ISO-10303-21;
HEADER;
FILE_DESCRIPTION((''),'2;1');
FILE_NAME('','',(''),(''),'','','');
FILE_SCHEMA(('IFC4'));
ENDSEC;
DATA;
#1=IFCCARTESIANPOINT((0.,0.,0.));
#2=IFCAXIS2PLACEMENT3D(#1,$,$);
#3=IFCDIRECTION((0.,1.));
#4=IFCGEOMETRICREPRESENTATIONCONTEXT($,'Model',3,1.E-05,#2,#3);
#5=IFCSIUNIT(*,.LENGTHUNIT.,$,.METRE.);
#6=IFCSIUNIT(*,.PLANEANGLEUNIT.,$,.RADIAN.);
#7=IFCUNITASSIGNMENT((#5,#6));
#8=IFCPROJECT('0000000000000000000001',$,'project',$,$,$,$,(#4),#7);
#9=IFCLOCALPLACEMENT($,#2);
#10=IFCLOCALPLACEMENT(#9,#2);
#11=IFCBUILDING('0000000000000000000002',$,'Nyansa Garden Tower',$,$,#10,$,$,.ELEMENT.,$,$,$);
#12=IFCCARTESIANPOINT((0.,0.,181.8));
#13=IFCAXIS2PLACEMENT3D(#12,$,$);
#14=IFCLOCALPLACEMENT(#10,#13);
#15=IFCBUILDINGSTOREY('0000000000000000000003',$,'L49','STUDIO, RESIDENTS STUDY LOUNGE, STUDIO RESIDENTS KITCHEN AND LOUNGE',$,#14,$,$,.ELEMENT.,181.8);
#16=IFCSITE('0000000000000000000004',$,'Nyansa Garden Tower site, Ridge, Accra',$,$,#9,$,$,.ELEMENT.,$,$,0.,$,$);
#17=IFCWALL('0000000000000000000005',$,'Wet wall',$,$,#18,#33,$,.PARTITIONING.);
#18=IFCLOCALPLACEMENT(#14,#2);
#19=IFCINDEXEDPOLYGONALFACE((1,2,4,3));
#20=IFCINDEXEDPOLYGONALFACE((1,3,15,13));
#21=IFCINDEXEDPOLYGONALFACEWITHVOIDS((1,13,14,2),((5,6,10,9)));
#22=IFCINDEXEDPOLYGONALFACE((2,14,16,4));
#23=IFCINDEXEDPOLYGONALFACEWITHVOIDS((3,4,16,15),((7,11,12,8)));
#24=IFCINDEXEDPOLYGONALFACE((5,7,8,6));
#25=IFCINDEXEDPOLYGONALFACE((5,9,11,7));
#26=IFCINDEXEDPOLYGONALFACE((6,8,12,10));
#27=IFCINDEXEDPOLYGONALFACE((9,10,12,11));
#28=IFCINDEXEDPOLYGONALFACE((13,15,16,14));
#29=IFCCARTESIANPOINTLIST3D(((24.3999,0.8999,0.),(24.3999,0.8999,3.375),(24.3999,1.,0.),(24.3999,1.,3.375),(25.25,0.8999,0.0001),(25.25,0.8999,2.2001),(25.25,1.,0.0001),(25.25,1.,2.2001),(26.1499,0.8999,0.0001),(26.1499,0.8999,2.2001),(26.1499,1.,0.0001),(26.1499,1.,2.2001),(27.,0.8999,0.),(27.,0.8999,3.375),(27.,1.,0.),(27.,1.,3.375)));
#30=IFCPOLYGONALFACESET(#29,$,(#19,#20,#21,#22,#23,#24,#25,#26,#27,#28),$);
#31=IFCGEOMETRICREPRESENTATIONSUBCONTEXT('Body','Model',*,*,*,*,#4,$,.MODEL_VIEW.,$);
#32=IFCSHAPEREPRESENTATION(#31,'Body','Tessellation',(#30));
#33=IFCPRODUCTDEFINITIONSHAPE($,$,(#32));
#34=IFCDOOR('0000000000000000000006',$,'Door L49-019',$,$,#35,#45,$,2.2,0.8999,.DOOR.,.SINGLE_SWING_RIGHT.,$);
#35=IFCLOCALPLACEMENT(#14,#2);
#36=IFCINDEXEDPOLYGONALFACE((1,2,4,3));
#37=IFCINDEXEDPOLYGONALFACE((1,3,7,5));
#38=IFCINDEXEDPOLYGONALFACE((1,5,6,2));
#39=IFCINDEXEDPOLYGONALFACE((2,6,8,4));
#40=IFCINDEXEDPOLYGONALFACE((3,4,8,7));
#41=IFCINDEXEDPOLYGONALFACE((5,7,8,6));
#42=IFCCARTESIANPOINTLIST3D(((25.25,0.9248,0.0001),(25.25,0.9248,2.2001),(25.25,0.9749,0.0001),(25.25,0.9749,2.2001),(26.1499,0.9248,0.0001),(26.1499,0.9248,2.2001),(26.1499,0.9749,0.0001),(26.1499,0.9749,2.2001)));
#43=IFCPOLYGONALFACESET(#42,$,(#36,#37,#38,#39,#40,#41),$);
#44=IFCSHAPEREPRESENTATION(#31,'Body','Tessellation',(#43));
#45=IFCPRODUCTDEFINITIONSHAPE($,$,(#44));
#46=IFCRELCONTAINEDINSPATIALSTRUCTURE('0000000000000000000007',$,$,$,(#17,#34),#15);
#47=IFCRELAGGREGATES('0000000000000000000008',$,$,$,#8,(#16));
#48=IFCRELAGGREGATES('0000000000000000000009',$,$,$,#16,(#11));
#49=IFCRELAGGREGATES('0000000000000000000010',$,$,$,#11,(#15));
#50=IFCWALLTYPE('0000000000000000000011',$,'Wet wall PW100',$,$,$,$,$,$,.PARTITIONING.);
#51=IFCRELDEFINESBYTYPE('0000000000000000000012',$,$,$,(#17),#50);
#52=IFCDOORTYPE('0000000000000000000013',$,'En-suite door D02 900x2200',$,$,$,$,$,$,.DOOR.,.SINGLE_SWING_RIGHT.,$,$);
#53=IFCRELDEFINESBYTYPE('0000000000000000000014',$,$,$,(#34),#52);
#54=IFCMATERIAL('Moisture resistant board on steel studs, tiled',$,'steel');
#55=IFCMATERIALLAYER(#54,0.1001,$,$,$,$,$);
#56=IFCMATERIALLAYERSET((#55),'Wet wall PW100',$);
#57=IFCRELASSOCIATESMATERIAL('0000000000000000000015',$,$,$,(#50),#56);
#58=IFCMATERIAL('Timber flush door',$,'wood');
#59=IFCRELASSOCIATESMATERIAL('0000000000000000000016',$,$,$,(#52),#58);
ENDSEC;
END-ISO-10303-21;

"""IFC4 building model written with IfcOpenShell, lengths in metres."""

from ifc_helpers import new_model, si_unit, direction, frame, frame_2d, origin, place, context, subcontext, project, spatial, rectangle, extrude, material, layer, layer_set, type_object, element, fill, save


model = new_model("IFC4")

# Units and contexts
model_context = context("Model", 3, precision=1e-05, world=origin(), true_north=direction((0.0, 1.0)))
body_context = subcontext(model_context, "Body", "Model", "MODEL_VIEW")
ifc_project = project(units=[si_unit("LENGTHUNIT", "METRE"), si_unit("PLANEANGLEUNIT", "RADIAN")], contexts=[model_context])

# Site, building, storey
site_placement = place(None, origin())
site = spatial("IfcSite", under=ifc_project, at=site_placement, Name="Nyansa Garden Tower site, Ridge, Accra", CompositionType="ELEMENT", RefElevation=0.0)
building_placement = place(site_placement, origin())
building = spatial("IfcBuilding", under=site, at=building_placement, Name="Nyansa Garden Tower", CompositionType="ELEMENT")
storey_placement = place(building_placement, frame((0.0, 0.0, 181.8)))
storey = spatial("IfcBuildingStorey", under=building, at=storey_placement, Name="L49", Description="STUDIO, RESIDENTS STUDY LOUNGE, STUDIO RESIDENTS KITCHEN AND LOUNGE", CompositionType="ELEMENT", Elevation=181.8)

# Shared definitions
ifc_material_1 = material(Name="Moisture resistant board on steel studs, tiled", Category="steel")
ifc_layer_1 = layer(ifc_material_1, 0.1001)
ifc_layer_set_1 = layer_set([ifc_layer_1], Name="Wet wall PW100")
wall_type_1 = type_object("IfcWallType", Name="Wet wall PW100", PredefinedType="PARTITIONING", material=ifc_layer_set_1)

# Wall, opening, door
wall_1_placement = place(storey_placement, frame((24.3999, 0.95, 0.0), z_axis=(0.0, 0.0, 1.0), x_axis=(1.0, 0.0, 0.0)))
wall_1 = element("IfcWall", 1, at=wall_1_placement, inside=storey, type_object=wall_type_1, Name="Wet wall", PredefinedType="PARTITIONING", context=body_context, shape_type="SweptSolid", body=[
    extrude(rectangle(XDim=2.6001, YDim=0.1001, at=frame_2d((1.3, 0.0))), origin(), (0.0, 0.0, 1.0), 3.375),
])
opening_1_placement = place(wall_1_placement, frame((0.8501, 0.0, 0.0)))
opening_1 = element("IfcOpeningElement", 2, at=opening_1_placement, cuts=wall_1, PredefinedType="OPENING", context=body_context, shape_type="SweptSolid", body=[
    extrude(rectangle(XDim=0.8999, YDim=2.2, at=frame_2d((0.45, 1.1001))), frame((0.0, 0.0601, 0.0), z_axis=(0.0, -1.0, 0.0), x_axis=(1.0, 0.0, 0.0)), (0.0, 0.0, 1.0), 0.1201),
])
ifc_material_2 = material(Name="Timber flush door", Category="wood")
door_type_1 = type_object("IfcDoorType", Name="En-suite door D02 900x2200", OperationType="SINGLE_SWING_RIGHT", PredefinedType="DOOR", material=ifc_material_2)
door_1_placement = place(opening_1_placement, origin())
door_1 = element("IfcDoor", 3, at=door_1_placement, inside=storey, type_object=door_type_1, Name="Door L49-019", OperationType="SINGLE_SWING_RIGHT", OverallHeight=2.2, OverallWidth=0.8999, PredefinedType="DOOR", context=body_context, shape_type="SweptSolid", body=[
    extrude(rectangle(XDim=0.8999, YDim=2.2, at=frame_2d((0.45, 1.1001))), frame((0.0, 0.0249, 0.0), z_axis=(0.0, -1.0, 0.0), x_axis=(1.0, 0.0, 0.0)), (0.0, 0.0, 1.0), 0.05),
])
fill(opening_1, door_1)

save(model, "model.ifc")
